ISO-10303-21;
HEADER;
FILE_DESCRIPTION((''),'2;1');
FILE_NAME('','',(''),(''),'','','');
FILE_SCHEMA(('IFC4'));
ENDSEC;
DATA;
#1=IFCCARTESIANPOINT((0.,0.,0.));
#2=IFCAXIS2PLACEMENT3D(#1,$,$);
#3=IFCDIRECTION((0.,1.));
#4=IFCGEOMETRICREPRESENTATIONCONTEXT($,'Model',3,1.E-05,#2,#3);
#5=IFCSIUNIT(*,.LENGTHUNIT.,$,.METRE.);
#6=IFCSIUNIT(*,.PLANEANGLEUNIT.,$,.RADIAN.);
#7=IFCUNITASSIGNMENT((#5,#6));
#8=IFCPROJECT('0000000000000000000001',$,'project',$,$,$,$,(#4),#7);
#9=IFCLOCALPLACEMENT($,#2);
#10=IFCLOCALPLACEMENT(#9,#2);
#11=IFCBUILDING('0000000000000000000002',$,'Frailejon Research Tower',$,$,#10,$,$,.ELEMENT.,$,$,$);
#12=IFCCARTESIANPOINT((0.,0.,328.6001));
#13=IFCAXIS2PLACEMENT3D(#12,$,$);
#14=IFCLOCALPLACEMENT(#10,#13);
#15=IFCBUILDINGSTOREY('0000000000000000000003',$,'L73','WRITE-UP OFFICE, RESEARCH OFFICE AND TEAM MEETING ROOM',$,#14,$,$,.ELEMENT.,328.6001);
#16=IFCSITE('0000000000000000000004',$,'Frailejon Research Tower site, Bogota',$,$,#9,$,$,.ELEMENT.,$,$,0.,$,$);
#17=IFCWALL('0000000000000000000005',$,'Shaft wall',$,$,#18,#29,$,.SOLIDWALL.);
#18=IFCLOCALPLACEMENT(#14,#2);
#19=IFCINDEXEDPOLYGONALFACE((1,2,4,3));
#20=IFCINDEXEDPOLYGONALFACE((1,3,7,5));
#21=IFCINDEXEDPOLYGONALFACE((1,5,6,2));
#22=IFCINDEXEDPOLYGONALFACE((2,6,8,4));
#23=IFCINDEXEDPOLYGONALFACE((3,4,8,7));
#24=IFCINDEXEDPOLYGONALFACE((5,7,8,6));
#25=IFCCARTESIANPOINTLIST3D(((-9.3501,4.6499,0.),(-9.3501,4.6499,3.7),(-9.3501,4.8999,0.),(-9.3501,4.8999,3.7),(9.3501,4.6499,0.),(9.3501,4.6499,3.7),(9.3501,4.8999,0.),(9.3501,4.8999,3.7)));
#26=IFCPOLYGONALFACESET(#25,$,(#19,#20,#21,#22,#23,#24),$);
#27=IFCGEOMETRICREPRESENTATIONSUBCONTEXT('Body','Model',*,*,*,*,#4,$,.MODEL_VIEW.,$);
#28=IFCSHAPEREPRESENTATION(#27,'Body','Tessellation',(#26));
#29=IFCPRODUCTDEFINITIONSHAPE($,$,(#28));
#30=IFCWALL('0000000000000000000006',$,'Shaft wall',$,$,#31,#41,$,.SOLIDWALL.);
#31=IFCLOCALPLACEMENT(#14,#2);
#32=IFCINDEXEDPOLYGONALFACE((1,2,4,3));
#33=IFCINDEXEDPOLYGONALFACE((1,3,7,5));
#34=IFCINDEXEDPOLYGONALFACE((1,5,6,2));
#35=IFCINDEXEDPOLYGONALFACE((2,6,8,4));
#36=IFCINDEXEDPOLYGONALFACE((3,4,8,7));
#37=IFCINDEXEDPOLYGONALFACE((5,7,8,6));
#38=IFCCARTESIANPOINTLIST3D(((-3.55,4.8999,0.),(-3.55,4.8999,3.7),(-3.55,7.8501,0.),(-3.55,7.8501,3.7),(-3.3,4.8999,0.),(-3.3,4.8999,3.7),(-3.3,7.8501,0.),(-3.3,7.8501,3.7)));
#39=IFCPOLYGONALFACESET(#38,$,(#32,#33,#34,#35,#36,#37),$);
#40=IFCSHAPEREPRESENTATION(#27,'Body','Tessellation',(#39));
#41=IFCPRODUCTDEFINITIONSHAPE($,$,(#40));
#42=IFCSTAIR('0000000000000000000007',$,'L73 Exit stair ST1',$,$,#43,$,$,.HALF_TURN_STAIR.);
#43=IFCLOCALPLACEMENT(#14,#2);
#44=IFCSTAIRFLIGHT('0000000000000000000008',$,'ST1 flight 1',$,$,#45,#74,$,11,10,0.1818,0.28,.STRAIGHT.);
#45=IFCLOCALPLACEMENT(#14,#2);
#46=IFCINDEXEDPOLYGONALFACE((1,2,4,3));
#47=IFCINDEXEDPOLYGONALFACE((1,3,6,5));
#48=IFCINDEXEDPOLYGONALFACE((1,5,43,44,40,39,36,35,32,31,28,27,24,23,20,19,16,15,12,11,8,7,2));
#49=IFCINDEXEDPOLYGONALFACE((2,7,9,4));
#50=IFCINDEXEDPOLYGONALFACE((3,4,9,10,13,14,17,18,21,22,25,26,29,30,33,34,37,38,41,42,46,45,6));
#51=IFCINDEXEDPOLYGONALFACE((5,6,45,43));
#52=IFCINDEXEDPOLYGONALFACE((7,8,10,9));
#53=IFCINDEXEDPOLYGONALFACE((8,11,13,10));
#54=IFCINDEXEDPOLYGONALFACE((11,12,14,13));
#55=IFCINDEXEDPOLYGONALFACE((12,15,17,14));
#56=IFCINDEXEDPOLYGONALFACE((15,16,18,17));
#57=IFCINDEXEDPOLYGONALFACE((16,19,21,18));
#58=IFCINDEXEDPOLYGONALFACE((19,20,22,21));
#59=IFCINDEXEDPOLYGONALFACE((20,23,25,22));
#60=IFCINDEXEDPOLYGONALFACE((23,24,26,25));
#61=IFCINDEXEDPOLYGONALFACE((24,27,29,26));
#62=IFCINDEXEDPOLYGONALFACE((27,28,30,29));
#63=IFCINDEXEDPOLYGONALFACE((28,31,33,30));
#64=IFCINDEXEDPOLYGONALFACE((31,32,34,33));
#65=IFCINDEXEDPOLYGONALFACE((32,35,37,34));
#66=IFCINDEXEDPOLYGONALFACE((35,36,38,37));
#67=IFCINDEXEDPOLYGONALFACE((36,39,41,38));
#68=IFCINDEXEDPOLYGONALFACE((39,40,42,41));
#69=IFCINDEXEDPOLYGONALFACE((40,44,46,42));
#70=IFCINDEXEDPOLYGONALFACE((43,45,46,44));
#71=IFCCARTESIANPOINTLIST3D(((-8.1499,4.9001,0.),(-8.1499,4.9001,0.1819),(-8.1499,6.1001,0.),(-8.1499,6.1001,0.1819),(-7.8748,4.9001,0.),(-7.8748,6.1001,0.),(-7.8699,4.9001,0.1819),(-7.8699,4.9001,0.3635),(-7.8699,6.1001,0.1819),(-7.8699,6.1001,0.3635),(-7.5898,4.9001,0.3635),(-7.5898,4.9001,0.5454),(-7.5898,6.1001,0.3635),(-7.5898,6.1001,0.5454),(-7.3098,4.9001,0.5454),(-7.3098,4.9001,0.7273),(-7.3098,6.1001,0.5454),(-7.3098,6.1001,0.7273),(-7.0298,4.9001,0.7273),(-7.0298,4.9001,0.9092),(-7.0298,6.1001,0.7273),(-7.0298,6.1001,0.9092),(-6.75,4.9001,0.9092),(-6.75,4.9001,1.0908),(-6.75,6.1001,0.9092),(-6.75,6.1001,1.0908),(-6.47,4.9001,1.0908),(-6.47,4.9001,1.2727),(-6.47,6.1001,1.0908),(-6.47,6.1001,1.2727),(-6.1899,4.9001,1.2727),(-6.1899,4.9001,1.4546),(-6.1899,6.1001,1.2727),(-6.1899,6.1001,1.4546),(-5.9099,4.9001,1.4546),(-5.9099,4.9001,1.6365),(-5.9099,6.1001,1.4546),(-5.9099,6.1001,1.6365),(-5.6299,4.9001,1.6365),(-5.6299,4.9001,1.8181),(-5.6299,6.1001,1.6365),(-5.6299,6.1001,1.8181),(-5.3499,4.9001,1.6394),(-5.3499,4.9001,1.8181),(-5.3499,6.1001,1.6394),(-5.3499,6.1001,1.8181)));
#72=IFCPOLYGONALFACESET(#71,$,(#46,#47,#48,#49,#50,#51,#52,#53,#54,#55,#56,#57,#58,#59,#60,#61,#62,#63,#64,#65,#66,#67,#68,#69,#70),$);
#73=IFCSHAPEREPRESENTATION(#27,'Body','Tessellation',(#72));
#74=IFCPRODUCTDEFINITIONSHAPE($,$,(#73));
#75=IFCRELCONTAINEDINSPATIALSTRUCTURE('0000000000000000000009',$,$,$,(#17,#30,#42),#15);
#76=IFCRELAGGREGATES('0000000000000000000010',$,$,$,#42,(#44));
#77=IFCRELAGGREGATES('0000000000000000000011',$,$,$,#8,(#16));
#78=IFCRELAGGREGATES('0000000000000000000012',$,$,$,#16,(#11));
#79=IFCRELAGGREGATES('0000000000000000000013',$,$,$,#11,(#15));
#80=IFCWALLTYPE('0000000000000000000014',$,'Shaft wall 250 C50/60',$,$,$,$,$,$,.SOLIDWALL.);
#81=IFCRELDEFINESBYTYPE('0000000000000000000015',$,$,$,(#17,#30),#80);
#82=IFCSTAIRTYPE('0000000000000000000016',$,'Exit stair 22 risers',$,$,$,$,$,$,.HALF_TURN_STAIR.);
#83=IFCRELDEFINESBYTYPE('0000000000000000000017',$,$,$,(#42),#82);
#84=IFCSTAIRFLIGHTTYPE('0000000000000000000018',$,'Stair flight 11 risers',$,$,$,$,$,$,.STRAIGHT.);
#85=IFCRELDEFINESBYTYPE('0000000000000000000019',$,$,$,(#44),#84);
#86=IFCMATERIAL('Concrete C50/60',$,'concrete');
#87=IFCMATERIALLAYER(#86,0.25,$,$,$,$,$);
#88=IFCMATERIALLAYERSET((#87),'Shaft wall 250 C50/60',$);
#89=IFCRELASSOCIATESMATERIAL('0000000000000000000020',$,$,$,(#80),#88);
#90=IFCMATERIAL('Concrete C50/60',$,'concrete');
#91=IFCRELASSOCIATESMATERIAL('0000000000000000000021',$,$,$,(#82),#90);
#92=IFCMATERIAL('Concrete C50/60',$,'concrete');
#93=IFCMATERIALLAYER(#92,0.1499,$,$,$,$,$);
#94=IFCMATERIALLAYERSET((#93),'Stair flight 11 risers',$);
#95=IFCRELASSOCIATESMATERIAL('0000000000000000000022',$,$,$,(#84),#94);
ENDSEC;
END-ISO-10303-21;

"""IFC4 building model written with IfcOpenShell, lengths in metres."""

from ifc_helpers import new_model, si_unit, direction, frame, frame_2d, origin, place, context, subcontext, project, spatial, polyline, rectangle, outline, extrude, material, layer, layer_set, type_object, element, aggregate, save


model = new_model("IFC4")

# Units and contexts
model_context = context("Model", 3, precision=1e-05, world=origin(), true_north=direction((0.0, 1.0)))
body_context = subcontext(model_context, "Body", "Model", "MODEL_VIEW")
ifc_project = project(units=[si_unit("LENGTHUNIT", "METRE"), si_unit("PLANEANGLEUNIT", "RADIAN")], contexts=[model_context])

# Site, building, storey
site_placement = place(None, origin())
site = spatial("IfcSite", under=ifc_project, at=site_placement, Name="Frailejon Research Tower site, Bogota", CompositionType="ELEMENT", RefElevation=0.0)
building_placement = place(site_placement, origin())
building = spatial("IfcBuilding", under=site, at=building_placement, Name="Frailejon Research Tower", CompositionType="ELEMENT")
storey_placement = place(building_placement, frame((0.0, 0.0, 328.6001)))
storey = spatial("IfcBuildingStorey", under=building, at=storey_placement, Name="L73", Description="WRITE-UP OFFICE, RESEARCH OFFICE AND TEAM MEETING ROOM", CompositionType="ELEMENT", Elevation=328.6001)

# Shared definitions
ifc_material_1 = material(Name="Concrete C50/60", Category="concrete")
ifc_layer_1 = layer(ifc_material_1, 0.25)
ifc_layer_set_1 = layer_set([ifc_layer_1], Name="Shaft wall 250 C50/60")
wall_type_1 = type_object("IfcWallType", Name="Shaft wall 250 C50/60", PredefinedType="SOLIDWALL", material=ifc_layer_set_1)

# Walls
wall_1_placement = place(storey_placement, frame((-9.3501, 4.7749, 0.0), z_axis=(0.0, 0.0, 1.0), x_axis=(1.0, 0.0, 0.0)))
element("IfcWall", 1, at=wall_1_placement, inside=storey, type_object=wall_type_1, Name="Shaft wall", PredefinedType="SOLIDWALL", context=body_context, shape_type="SweptSolid", body=[
    extrude(rectangle(XDim=18.7002, YDim=0.25, at=frame_2d((9.3501, 0.0))), origin(), (0.0, 0.0, 1.0), 3.7),
])
wall_2_placement = place(storey_placement, frame((-3.425, 4.8999, 0.0), z_axis=(0.0, 0.0, 1.0), x_axis=(0.0, 1.0, 0.0)))
element("IfcWall", 2, at=wall_2_placement, inside=storey, type_object=wall_type_1, Name="Shaft wall", PredefinedType="SOLIDWALL", context=body_context, shape_type="SweptSolid", body=[
    extrude(rectangle(XDim=2.9502, YDim=0.25, at=frame_2d((1.4751, 0.0))), origin(), (0.0, 0.0, 1.0), 3.7),
])

# Stair, stair flight
ifc_material_2 = material(Name="Concrete C50/60", Category="concrete")
stair_type = type_object("IfcStairType", Name="Exit stair 22 risers", PredefinedType="HALF_TURN_STAIR", material=ifc_material_2)
stair_placement = place(storey_placement, origin())
stair = element("IfcStair", 3, at=stair_placement, inside=storey, type_object=stair_type, Name="L73 Exit stair ST1", PredefinedType="HALF_TURN_STAIR")
ifc_material_3 = material(Name="Concrete C50/60", Category="concrete")
ifc_layer_2 = layer(ifc_material_3, 0.1499)
ifc_layer_set_2 = layer_set([ifc_layer_2], Name="Stair flight 11 risers")
stair_flight_type = type_object("IfcStairFlightType", Name="Stair flight 11 risers", PredefinedType="STRAIGHT", material=ifc_layer_set_2)
stair_flight_placement = place(storey_placement, frame((-8.1499, 5.5, 0.0), z_axis=(0.0, 0.0, 1.0), x_axis=(1.0, 0.0, 0.0)))
stair_flight = element("IfcStairFlight", 4, at=stair_flight_placement, type_object=stair_flight_type, Name="ST1 flight 1", NumberOfRisers=11, NumberOfTreads=10, PredefinedType="STRAIGHT", RiserHeight=0.1818, TreadLength=0.28, context=body_context, shape_type="SweptSolid", body=[
    extrude(outline(polyline([(0.0, 0.0), (0.0, 0.1819), (0.28, 0.1819), (0.28, 0.3635), (0.5601, 0.3635), (0.5601, 0.5454), (0.8401, 0.5454), (0.8401, 0.7273), (1.1201, 0.7273), (1.1201, 0.9092), (1.3999, 0.9092), (1.3999, 1.0908), (1.6799, 1.0908), (1.6799, 1.2727), (1.96, 1.2727), (1.96, 1.4546), (2.24, 1.4546), (2.24, 1.6365), (2.52, 1.6365), (2.52, 1.8181), (2.8, 1.8181), (2.8, 2.0), (2.8, 1.6394), (0.2751, 0.0), (0.0, 0.0)])), frame((0.0, 0.6001, 0.0), z_axis=(0.0, -1.0, 0.0), x_axis=(1.0, 0.0, 0.0)), (0.0, 0.0, 1.0), 1.2),
])
aggregate(stair, [stair_flight])

save(model, "model.ifc")
